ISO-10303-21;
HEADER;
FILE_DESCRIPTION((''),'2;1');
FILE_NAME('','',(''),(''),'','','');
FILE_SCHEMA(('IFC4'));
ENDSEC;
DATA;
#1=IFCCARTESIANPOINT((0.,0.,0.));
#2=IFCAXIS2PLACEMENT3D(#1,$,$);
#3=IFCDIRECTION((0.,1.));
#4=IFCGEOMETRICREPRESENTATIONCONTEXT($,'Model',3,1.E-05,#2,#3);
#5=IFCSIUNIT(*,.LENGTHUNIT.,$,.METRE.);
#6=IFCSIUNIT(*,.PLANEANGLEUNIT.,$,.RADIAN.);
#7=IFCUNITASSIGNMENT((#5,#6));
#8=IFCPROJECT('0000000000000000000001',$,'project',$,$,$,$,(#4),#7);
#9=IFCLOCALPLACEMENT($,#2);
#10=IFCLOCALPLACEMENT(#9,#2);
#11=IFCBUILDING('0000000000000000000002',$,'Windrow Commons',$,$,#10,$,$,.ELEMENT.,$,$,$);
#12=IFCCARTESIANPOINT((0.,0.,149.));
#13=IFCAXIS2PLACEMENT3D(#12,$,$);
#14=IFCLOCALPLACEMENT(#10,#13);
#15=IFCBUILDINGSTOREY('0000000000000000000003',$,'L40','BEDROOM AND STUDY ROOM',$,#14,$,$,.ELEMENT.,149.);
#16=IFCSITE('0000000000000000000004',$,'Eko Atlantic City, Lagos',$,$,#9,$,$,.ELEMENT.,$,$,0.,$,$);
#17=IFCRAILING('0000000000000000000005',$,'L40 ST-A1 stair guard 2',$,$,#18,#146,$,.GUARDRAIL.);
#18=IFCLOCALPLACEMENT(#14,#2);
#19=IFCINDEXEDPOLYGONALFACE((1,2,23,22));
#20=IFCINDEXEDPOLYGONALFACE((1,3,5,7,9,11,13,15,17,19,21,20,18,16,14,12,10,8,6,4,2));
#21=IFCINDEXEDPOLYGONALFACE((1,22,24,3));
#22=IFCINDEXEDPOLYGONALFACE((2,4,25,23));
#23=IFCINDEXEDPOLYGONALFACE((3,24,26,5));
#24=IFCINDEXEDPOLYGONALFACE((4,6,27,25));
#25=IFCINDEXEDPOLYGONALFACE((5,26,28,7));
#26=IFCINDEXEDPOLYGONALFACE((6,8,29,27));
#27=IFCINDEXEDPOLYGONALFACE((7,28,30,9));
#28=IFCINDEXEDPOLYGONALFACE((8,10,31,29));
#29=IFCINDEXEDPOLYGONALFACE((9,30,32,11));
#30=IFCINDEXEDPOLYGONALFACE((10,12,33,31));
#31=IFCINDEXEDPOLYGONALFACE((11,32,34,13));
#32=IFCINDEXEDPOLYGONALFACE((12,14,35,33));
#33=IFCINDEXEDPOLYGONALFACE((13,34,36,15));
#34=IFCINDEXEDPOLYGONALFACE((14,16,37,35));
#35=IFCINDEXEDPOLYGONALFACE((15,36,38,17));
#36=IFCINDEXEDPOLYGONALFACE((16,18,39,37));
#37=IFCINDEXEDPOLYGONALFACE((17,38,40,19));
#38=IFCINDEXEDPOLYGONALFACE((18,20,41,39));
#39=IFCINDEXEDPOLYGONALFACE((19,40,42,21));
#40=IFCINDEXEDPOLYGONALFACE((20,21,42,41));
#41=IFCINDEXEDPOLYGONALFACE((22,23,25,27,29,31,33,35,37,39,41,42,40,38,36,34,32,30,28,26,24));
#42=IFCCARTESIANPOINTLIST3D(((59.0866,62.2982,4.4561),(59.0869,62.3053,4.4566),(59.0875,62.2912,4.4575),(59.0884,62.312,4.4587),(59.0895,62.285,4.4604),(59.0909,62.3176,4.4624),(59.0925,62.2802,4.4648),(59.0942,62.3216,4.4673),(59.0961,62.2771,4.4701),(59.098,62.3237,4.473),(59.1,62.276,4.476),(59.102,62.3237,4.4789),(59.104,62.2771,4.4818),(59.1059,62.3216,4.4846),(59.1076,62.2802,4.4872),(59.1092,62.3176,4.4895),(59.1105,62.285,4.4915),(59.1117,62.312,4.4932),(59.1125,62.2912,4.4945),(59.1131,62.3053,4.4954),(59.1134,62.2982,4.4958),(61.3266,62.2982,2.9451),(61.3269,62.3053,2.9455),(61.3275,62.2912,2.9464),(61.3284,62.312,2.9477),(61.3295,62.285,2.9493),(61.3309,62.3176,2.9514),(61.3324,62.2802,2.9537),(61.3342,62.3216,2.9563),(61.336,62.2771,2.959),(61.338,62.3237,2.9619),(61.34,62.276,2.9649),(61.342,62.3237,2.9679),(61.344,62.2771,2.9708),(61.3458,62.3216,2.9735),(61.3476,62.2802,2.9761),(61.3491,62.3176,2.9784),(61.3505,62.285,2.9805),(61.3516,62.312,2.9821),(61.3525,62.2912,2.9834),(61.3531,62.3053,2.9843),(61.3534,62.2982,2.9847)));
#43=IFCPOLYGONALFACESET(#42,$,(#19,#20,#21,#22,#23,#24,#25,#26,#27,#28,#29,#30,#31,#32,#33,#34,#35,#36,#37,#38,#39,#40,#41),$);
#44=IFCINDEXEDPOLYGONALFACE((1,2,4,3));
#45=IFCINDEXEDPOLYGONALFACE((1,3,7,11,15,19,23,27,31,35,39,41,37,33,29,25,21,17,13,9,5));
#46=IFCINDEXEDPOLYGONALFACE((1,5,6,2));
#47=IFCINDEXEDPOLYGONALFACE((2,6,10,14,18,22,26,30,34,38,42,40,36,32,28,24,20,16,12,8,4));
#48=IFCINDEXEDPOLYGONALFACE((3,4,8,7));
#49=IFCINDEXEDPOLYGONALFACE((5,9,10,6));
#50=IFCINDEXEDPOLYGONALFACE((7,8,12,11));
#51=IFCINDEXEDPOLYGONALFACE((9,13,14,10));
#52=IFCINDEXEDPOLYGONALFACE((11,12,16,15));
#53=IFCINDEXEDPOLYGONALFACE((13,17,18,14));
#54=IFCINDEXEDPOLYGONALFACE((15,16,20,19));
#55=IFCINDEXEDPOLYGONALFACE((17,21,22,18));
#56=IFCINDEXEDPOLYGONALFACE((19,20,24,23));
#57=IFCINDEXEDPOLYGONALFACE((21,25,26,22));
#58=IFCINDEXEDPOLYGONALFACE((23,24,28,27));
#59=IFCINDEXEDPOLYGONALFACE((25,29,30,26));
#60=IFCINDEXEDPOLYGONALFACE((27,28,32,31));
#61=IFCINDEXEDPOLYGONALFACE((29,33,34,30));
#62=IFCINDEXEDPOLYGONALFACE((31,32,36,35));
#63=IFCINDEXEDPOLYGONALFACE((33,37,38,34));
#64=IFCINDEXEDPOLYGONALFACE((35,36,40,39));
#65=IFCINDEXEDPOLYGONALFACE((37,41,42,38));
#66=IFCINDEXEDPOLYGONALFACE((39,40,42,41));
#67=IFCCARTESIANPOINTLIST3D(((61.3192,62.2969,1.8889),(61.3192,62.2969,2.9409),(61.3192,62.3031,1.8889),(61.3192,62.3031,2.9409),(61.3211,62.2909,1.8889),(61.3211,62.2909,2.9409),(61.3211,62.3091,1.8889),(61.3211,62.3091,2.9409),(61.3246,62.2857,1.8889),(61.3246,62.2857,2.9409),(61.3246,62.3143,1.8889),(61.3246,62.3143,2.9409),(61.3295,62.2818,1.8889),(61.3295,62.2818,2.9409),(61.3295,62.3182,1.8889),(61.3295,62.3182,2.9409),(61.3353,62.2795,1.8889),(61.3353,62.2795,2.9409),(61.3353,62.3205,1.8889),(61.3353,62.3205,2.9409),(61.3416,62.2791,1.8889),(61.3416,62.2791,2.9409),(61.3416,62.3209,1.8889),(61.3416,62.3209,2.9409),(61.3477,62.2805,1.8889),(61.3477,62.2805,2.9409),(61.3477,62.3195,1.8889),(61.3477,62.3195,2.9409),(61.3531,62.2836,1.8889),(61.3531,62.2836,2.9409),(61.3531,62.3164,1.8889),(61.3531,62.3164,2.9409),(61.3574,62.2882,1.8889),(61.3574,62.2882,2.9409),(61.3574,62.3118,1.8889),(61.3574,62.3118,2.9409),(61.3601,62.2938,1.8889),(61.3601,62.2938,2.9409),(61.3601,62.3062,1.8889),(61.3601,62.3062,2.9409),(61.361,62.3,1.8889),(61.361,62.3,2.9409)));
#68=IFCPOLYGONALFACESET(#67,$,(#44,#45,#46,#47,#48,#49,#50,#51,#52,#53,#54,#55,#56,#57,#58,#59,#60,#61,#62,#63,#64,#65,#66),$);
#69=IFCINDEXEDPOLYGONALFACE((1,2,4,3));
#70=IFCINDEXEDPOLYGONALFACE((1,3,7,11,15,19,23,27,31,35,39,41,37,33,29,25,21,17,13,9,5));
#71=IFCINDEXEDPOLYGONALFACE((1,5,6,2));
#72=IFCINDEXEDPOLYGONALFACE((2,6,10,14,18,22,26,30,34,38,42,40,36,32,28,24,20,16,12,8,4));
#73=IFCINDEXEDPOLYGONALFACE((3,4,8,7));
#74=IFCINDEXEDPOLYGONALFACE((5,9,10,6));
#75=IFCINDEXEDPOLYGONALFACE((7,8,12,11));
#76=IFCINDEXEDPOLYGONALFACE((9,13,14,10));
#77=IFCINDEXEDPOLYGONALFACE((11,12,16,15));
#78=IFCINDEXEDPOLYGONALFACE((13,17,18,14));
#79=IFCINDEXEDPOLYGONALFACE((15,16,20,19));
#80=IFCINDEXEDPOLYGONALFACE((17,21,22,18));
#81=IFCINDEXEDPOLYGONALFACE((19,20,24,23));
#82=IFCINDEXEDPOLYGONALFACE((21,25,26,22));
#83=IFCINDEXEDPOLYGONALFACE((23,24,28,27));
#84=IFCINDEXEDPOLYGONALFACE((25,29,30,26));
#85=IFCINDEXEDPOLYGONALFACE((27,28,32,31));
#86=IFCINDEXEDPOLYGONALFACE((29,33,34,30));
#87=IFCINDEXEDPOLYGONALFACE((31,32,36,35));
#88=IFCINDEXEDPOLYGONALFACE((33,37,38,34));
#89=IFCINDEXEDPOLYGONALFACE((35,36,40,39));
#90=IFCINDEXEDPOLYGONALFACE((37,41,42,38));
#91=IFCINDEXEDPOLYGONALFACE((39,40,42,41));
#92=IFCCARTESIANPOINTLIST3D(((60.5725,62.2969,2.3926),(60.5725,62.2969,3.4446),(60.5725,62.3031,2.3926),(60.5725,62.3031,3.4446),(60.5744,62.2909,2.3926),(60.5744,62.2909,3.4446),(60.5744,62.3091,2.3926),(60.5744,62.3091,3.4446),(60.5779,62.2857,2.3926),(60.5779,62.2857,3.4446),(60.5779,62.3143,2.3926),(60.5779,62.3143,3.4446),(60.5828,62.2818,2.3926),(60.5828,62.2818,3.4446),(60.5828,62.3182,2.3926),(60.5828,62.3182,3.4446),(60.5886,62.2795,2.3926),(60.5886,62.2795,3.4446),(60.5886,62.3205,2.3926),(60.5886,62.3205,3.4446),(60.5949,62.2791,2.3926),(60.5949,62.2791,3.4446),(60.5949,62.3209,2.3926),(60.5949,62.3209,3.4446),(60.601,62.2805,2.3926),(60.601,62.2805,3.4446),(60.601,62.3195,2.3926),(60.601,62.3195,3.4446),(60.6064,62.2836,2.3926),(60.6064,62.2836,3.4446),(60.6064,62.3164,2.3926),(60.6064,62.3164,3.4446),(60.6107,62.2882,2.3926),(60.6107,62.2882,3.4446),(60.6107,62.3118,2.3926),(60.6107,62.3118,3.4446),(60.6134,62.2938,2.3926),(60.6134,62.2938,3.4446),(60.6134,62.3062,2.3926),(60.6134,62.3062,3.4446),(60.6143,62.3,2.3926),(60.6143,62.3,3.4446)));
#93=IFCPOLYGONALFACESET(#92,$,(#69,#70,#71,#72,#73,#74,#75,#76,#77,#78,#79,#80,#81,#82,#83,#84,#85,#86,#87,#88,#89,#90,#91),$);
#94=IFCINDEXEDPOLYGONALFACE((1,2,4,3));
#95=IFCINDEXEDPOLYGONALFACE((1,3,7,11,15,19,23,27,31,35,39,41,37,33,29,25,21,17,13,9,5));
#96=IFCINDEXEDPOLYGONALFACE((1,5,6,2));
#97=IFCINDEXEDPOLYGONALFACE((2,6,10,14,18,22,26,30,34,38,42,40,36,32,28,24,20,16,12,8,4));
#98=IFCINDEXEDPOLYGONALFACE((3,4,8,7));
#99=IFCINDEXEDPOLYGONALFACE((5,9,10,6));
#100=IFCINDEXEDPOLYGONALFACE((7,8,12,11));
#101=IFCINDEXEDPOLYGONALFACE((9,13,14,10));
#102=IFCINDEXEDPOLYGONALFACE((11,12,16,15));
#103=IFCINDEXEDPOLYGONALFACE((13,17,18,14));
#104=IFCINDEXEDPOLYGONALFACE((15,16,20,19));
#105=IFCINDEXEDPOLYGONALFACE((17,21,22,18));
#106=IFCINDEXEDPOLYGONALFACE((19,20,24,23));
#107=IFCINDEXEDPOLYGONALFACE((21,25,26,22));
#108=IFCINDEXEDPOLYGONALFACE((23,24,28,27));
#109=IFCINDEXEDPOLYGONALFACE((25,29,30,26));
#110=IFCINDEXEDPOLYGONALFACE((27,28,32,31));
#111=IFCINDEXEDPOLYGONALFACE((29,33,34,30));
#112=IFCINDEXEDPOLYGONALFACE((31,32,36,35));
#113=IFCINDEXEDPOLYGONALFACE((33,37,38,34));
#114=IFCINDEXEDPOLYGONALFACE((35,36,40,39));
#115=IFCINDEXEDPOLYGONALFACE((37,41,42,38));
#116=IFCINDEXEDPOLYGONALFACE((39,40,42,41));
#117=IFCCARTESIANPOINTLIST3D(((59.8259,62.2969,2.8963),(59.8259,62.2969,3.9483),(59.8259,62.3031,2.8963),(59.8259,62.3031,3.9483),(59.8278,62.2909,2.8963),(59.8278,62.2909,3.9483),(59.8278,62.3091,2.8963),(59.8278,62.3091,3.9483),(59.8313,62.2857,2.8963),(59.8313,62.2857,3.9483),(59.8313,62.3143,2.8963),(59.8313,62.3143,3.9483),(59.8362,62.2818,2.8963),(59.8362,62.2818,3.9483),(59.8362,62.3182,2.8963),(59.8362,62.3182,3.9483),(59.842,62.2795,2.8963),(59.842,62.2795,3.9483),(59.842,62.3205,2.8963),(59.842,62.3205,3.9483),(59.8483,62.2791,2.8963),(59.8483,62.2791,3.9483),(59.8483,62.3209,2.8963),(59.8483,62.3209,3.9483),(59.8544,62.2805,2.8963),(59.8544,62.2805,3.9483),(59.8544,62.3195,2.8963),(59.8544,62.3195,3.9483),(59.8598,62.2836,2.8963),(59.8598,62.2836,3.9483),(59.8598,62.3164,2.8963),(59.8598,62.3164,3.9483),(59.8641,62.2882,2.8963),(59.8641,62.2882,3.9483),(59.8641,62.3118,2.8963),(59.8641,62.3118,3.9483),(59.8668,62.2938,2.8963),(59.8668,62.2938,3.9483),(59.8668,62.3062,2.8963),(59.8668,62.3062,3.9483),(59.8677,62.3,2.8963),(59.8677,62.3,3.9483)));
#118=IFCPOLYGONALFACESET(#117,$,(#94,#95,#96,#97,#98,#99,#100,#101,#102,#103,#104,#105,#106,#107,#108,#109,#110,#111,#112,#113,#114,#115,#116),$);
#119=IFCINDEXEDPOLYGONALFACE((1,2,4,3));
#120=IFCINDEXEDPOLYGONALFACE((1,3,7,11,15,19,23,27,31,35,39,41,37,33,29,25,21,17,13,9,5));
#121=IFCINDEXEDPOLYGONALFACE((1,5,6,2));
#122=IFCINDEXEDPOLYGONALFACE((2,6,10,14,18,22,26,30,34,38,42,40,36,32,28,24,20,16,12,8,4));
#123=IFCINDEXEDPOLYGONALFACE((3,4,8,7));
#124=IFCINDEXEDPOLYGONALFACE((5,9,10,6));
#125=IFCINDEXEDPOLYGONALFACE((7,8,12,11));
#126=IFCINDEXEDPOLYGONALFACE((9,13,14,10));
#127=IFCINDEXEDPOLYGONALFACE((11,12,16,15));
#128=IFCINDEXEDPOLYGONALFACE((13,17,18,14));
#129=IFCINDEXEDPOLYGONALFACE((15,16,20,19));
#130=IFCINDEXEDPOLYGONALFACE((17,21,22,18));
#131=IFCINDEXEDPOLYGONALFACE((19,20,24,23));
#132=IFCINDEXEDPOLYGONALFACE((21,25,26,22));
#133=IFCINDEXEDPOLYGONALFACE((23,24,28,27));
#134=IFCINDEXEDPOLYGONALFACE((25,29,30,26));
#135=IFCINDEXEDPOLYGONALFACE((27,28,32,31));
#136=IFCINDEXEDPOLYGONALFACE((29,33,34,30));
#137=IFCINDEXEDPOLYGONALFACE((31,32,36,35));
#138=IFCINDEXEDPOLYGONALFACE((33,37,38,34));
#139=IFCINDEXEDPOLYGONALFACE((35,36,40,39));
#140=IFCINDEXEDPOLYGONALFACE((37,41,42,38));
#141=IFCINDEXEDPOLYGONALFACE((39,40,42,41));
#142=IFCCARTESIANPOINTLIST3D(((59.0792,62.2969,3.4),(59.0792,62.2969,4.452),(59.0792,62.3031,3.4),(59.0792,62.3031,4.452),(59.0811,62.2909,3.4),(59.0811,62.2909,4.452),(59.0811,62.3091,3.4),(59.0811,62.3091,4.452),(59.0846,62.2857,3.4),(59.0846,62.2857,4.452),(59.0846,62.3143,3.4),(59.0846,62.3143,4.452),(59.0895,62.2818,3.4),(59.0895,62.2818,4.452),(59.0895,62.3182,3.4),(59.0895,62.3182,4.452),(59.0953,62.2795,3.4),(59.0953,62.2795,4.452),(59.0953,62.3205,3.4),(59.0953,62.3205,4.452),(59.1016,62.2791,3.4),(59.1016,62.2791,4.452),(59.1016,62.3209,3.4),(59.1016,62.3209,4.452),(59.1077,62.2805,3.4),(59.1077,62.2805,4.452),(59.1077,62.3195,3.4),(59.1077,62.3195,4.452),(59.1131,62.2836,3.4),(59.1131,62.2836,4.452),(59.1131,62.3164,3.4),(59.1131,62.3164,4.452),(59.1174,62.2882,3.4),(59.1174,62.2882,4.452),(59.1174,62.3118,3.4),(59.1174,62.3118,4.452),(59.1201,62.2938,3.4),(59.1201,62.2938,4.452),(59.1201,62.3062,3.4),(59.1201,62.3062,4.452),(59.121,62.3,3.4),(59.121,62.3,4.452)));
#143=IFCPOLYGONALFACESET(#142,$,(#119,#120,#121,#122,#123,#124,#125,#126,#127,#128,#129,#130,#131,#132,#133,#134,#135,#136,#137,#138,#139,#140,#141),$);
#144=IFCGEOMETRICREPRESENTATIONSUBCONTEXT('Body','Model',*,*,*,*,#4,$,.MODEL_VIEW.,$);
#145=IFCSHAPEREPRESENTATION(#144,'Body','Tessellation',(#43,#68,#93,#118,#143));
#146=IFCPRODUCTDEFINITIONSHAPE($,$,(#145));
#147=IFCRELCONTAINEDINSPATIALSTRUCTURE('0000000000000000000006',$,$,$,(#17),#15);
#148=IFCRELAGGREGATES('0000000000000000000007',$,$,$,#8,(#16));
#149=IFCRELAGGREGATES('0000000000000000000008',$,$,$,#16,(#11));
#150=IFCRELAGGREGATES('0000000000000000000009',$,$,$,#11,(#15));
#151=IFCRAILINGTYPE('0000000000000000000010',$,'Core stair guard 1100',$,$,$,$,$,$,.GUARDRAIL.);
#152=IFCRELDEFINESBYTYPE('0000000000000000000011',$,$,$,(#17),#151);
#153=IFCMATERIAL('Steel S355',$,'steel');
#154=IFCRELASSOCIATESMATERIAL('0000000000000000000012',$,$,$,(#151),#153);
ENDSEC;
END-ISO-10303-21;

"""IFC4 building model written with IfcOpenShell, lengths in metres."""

from ifc_helpers import new_model, si_unit, direction, frame, origin, origin_2d, place, context, subcontext, project, spatial, circle, extrude, material, type_object, element, save


model = new_model("IFC4")

# Units and contexts
model_context = context("Model", 3, precision=1e-05, world=origin(), true_north=direction((0.0, 1.0)))
body_context = subcontext(model_context, "Body", "Model", "MODEL_VIEW")
ifc_project = project(units=[si_unit("LENGTHUNIT", "METRE"), si_unit("PLANEANGLEUNIT", "RADIAN")], contexts=[model_context])

# Site, building, storey
site_placement = place(None, origin())
site = spatial("IfcSite", under=ifc_project, at=site_placement, Name="Eko Atlantic City, Lagos", CompositionType="ELEMENT", RefElevation=0.0)
building_placement = place(site_placement, origin())
building = spatial("IfcBuilding", under=site, at=building_placement, Name="Windrow Commons", CompositionType="ELEMENT")
storey_placement = place(building_placement, frame((0.0, 0.0, 149.0)))
storey = spatial("IfcBuildingStorey", under=building, at=storey_placement, Name="L40", Description="BEDROOM AND STUDY ROOM", CompositionType="ELEMENT", Elevation=149.0)

# Railing
ifc_material_1 = material(Name="Steel S355", Category="steel")
railing_type_1 = type_object("IfcRailingType", Name="Core stair guard 1100", PredefinedType="GUARDRAIL", material=ifc_material_1)
railing_1_placement = place(storey_placement, frame((61.34, 62.3, 1.8889)))
element("IfcRailing", 1, at=railing_1_placement, inside=storey, type_object=railing_type_1, Name="L40 ST-A1 stair guard 2", PredefinedType="GUARDRAIL", context=body_context, shape_type="SweptSolid", body=[
    extrude(circle(Radius=0.024, at=origin_2d()), frame((0.0, 0.0, 1.076), z_axis=(-0.829003, 0.0, 0.559244), x_axis=(0.0, -1.0, 0.0)), (0.0, 0.0, 1.0), 2.702),
    extrude(circle(Radius=0.021, at=origin_2d()), origin(), (0.0, 0.0, 1.0), 1.052),
    extrude(circle(Radius=0.021, at=origin_2d()), frame((-0.7467, 0.0, 0.5037)), (0.0, 0.0, 1.0), 1.052),
    extrude(circle(Radius=0.021, at=origin_2d()), frame((-1.4933, 0.0, 1.0074)), (0.0, 0.0, 1.0), 1.052),
    extrude(circle(Radius=0.021, at=origin_2d()), frame((-2.24, 0.0, 1.5111)), (0.0, 0.0, 1.0), 1.052),
])

save(model, "model.ifc")
